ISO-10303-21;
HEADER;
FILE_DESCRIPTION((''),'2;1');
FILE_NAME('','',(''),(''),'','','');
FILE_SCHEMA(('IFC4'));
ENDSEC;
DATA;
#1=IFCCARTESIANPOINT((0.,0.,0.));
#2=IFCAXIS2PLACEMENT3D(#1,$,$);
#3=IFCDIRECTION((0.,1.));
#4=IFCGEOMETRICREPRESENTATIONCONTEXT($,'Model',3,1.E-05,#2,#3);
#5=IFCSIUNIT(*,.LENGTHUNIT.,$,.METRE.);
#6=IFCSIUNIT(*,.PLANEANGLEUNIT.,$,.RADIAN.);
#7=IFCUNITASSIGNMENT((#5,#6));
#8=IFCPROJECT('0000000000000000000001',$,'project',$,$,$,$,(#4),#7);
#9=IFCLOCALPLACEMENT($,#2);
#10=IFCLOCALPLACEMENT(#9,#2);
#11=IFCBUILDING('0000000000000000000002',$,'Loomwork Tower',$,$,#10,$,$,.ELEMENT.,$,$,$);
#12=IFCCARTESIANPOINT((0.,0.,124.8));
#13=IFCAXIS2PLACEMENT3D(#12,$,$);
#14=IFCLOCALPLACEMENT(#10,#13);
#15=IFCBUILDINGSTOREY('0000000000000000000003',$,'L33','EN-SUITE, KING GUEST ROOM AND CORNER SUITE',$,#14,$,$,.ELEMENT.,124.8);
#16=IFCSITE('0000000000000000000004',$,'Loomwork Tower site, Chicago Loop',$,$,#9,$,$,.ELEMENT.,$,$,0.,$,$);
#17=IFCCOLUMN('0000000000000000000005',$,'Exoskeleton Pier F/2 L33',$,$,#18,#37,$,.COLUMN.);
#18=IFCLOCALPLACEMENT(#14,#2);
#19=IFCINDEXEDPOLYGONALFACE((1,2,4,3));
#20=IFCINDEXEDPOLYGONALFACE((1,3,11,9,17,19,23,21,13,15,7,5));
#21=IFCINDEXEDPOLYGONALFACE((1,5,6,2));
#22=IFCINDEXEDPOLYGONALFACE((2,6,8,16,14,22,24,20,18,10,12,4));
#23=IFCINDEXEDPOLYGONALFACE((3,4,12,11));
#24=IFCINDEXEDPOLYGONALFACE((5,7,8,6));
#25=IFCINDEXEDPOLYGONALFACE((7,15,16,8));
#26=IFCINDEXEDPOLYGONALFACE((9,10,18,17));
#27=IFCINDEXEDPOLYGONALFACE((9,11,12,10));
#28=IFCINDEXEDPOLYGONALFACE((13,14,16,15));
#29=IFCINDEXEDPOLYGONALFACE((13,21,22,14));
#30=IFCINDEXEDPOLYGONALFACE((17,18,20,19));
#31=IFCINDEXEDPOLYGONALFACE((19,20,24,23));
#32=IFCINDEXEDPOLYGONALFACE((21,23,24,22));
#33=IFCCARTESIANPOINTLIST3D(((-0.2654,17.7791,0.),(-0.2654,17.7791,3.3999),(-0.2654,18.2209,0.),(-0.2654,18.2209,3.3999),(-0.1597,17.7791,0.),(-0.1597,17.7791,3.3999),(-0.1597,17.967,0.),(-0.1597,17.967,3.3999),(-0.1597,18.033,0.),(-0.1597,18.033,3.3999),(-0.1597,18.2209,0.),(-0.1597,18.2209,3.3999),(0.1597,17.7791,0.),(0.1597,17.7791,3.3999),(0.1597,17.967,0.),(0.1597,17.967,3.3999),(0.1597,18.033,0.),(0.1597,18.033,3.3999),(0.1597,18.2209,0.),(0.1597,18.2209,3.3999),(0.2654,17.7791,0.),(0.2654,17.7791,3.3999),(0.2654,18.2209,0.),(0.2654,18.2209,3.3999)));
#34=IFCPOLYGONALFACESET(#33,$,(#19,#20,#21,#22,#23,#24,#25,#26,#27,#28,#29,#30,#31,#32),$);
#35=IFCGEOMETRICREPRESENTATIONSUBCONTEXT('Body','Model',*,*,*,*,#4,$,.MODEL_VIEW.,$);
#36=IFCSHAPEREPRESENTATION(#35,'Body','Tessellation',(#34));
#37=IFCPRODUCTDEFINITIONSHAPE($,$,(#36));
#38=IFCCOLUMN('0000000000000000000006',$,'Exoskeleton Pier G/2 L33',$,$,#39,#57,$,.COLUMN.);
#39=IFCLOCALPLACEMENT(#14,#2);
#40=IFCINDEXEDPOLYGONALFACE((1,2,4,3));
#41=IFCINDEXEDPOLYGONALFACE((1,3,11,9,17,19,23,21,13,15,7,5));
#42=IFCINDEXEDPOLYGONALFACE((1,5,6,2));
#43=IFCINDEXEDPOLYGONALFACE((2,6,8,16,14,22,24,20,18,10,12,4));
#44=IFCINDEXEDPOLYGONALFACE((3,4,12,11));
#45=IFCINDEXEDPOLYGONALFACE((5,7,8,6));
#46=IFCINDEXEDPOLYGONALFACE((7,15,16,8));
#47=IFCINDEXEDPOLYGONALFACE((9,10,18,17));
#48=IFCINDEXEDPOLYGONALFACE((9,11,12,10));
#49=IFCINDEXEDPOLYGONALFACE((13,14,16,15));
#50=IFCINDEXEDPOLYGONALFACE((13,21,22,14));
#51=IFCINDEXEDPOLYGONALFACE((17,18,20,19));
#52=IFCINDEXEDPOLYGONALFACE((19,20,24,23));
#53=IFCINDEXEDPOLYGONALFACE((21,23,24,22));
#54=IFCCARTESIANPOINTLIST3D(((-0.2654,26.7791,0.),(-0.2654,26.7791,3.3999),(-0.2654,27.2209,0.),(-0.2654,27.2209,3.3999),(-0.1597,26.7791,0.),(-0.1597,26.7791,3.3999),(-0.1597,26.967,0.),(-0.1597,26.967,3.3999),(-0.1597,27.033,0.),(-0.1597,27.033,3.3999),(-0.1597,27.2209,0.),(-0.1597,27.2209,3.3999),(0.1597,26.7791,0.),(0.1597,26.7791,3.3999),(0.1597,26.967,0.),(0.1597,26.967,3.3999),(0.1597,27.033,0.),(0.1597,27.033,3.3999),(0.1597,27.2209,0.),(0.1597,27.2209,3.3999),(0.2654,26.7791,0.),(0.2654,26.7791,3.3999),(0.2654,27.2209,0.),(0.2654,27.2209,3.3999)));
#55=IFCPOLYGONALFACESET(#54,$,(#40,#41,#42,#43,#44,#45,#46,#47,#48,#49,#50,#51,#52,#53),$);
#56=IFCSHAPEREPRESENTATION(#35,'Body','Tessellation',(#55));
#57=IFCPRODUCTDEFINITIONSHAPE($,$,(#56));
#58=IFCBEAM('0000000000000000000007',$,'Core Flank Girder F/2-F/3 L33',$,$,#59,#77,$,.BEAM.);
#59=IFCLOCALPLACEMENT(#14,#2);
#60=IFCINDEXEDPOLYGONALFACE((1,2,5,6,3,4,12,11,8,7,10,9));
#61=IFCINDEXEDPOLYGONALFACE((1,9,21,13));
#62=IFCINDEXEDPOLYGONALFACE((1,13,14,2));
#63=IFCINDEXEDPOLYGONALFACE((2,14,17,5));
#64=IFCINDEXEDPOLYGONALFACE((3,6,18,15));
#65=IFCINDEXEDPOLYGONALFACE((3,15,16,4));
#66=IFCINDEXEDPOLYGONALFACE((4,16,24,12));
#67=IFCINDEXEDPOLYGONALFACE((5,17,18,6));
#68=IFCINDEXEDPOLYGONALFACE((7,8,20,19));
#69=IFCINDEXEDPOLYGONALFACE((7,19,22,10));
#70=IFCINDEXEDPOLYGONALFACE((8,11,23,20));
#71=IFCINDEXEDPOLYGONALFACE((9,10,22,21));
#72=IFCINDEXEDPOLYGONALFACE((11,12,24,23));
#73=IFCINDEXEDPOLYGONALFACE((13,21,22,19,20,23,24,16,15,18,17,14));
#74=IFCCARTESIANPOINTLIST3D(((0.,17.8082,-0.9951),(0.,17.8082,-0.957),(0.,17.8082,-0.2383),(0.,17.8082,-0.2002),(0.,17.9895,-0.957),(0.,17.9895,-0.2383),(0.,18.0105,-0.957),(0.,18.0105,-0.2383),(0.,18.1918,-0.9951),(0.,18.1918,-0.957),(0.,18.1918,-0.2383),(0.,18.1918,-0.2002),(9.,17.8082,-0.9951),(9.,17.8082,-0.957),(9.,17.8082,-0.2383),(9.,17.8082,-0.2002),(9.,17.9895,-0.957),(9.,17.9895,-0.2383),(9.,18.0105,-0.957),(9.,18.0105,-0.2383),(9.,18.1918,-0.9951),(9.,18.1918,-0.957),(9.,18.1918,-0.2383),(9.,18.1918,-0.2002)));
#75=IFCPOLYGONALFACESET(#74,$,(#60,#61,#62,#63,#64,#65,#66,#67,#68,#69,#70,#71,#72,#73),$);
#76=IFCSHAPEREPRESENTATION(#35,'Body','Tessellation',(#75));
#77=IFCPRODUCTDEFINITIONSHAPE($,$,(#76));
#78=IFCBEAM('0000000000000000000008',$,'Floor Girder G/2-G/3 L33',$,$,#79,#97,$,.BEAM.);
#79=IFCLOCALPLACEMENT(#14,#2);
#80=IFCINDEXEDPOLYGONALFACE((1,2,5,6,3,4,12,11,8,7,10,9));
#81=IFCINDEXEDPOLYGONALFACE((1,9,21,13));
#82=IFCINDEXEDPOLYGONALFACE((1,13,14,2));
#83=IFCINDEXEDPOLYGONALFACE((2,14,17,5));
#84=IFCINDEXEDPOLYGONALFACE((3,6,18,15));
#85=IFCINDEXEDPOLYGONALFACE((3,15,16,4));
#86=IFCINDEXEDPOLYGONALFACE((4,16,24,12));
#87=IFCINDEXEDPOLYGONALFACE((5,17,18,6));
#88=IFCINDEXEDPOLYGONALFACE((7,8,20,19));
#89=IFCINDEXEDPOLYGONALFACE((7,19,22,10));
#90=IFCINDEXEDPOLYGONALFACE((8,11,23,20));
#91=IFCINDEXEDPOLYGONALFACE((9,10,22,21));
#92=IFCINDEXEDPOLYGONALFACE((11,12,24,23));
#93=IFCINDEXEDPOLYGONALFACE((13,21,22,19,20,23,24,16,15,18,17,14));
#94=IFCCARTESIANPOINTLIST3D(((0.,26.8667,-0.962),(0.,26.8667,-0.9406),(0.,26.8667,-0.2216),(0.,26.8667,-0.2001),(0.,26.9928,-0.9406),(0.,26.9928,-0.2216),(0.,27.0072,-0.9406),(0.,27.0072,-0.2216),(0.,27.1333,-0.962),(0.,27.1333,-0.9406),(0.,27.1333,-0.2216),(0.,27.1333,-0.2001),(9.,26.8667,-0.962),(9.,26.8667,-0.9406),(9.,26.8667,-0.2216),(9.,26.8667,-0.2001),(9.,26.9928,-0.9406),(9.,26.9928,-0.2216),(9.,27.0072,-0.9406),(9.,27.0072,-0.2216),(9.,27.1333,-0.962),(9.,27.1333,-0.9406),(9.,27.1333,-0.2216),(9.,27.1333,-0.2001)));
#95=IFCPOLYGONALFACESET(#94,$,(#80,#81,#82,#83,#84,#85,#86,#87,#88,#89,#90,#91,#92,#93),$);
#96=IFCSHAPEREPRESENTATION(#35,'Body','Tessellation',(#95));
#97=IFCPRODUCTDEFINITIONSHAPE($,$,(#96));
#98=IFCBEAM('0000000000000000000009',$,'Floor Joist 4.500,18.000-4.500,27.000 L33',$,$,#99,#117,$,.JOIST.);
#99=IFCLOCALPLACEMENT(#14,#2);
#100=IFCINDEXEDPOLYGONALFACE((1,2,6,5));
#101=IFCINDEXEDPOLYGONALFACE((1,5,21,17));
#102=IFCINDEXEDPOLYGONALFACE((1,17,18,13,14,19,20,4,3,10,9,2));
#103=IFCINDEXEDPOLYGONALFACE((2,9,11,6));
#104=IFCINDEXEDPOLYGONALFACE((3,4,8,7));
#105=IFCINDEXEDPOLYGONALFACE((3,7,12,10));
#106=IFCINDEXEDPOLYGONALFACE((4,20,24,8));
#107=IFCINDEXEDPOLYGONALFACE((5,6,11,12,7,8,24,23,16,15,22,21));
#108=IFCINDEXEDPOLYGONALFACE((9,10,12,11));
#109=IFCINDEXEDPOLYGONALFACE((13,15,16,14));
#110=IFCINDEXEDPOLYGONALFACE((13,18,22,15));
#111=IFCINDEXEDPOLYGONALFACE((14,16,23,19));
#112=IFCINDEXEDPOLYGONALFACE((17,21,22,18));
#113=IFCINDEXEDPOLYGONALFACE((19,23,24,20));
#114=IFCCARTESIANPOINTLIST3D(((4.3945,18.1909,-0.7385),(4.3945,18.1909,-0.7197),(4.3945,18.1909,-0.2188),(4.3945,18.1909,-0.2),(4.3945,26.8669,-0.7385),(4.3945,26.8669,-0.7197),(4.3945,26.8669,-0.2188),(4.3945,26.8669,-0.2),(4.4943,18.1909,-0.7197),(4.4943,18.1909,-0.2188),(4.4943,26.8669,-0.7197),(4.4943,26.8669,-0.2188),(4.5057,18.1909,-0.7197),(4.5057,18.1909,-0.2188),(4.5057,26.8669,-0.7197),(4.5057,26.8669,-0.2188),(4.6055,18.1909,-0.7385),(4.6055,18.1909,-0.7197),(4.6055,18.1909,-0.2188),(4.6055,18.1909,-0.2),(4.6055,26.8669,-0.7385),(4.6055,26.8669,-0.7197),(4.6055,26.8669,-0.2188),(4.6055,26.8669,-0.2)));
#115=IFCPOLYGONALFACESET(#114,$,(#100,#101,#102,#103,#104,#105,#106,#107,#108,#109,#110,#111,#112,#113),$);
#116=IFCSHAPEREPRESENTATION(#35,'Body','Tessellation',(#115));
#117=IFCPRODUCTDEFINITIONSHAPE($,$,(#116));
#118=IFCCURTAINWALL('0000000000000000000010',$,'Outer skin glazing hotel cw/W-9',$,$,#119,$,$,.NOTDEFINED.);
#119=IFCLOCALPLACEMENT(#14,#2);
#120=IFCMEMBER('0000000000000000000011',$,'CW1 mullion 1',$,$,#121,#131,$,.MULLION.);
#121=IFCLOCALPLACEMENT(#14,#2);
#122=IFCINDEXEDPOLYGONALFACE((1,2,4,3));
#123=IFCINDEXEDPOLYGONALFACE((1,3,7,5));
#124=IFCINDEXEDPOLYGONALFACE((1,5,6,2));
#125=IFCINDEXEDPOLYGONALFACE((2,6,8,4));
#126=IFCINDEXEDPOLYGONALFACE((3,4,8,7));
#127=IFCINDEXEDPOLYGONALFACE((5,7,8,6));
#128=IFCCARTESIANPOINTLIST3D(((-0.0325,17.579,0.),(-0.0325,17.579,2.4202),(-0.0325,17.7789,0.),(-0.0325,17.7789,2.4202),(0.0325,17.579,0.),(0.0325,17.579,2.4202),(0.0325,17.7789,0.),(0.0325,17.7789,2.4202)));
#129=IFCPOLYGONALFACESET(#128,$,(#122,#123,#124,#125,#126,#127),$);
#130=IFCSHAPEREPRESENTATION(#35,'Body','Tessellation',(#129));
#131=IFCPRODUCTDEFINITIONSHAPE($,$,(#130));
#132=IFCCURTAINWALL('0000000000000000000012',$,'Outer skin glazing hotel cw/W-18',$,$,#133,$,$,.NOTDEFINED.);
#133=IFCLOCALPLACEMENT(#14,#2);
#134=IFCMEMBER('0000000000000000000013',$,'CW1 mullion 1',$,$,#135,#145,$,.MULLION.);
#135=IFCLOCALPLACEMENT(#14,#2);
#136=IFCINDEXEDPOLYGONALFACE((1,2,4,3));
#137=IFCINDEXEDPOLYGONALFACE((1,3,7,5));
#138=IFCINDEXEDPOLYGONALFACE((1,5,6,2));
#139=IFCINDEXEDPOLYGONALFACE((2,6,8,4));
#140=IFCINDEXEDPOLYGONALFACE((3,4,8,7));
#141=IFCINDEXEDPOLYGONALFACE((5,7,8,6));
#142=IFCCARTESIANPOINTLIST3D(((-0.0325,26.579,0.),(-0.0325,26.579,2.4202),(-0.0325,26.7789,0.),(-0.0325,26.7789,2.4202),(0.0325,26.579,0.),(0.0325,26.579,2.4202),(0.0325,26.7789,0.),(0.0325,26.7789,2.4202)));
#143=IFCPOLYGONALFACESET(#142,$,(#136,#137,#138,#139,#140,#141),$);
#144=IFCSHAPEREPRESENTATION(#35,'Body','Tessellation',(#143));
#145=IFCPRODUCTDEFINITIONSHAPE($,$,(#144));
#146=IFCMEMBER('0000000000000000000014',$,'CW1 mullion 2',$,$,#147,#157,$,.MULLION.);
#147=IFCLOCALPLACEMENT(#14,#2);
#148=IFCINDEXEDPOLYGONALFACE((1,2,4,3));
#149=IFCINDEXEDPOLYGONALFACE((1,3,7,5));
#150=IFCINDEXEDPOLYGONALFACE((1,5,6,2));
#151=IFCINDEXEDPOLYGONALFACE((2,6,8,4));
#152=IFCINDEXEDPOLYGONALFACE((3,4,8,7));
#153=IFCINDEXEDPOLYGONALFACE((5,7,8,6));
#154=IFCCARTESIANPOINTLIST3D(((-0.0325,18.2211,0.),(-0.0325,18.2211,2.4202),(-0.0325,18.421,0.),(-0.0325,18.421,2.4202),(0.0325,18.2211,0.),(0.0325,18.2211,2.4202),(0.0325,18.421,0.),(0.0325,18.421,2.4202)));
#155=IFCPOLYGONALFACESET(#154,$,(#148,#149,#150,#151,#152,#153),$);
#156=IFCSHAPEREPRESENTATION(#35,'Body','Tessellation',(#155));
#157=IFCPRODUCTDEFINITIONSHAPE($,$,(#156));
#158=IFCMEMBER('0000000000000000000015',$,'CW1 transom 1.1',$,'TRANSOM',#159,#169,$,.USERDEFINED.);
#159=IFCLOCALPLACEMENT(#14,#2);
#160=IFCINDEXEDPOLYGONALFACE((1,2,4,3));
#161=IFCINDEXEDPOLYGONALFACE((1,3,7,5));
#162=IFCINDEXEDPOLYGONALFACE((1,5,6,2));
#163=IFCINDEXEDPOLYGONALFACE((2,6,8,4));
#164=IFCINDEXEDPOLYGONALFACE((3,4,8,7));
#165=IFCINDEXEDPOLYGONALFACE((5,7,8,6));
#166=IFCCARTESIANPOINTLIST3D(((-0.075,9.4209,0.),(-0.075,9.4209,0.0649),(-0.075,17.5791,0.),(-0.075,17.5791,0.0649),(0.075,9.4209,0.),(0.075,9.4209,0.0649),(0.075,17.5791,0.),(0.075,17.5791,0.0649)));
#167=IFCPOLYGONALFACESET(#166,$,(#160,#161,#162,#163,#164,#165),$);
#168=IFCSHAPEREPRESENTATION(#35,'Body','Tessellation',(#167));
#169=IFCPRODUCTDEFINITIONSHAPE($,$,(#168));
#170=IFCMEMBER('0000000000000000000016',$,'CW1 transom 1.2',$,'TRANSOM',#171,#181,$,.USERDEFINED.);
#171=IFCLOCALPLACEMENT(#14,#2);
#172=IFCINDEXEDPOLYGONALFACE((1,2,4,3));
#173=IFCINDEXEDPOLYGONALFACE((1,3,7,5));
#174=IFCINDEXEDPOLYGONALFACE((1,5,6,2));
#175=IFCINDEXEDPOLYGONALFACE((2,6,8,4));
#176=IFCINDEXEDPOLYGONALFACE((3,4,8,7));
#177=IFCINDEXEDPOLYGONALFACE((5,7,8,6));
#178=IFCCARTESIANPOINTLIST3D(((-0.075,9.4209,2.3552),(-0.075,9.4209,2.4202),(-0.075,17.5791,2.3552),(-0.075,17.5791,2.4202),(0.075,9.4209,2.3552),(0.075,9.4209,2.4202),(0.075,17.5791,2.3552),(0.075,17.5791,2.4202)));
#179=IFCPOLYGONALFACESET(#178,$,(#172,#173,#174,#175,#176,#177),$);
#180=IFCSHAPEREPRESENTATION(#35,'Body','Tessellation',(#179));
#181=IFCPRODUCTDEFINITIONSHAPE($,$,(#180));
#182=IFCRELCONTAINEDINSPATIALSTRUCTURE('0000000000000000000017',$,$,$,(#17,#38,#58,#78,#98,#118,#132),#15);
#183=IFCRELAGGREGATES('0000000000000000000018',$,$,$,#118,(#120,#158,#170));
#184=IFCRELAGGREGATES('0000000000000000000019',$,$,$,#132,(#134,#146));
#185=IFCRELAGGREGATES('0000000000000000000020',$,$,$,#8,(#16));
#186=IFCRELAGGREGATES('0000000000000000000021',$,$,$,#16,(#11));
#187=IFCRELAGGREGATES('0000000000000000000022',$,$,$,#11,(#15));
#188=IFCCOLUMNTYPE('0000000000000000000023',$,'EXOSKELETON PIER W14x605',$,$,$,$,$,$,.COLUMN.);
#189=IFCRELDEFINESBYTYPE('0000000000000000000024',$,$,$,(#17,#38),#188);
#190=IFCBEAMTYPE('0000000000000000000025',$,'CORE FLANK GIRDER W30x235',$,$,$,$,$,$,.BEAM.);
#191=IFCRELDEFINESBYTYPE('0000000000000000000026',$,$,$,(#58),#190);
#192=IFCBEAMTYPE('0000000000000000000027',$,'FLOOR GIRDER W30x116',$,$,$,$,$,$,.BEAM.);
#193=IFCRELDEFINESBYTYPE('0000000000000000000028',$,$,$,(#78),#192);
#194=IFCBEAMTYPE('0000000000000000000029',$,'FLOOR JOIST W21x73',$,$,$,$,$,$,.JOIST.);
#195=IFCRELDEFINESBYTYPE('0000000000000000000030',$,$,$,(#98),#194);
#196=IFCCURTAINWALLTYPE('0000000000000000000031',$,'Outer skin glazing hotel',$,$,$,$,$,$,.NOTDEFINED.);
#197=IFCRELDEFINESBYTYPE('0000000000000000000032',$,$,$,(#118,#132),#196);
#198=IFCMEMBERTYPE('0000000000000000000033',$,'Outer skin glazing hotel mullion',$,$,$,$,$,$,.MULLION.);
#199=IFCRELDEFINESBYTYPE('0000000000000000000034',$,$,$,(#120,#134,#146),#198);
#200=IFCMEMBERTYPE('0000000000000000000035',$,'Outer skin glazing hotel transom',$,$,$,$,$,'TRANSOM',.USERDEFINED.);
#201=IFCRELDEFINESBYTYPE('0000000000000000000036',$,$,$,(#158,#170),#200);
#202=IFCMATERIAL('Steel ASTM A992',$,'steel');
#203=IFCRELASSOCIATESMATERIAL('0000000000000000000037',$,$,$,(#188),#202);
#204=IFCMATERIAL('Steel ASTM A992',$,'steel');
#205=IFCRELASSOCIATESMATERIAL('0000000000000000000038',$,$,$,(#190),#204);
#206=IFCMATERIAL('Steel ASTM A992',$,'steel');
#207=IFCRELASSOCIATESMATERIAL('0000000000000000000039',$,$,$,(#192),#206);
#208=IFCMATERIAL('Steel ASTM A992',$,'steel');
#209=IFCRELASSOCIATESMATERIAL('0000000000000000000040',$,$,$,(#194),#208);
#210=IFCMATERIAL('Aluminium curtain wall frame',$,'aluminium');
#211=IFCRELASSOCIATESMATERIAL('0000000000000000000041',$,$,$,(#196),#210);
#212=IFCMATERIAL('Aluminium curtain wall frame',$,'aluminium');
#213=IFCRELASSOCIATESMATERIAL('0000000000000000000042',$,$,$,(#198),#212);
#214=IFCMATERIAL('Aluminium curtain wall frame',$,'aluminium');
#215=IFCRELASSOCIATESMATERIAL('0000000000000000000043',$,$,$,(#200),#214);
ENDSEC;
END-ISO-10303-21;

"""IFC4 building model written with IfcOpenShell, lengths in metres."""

from ifc_helpers import new_model, si_unit, direction, frame, origin, origin_2d, place, context, subcontext, project, spatial, rectangle, i_section, extrude, material, material_profile, profile_set, type_object, element, aggregate, save


model = new_model("IFC4")

# Units and contexts
model_context = context("Model", 3, precision=1e-05, world=origin(), true_north=direction((0.0, 1.0)))
body_context = subcontext(model_context, "Body", "Model", "MODEL_VIEW")
ifc_project = project(units=[si_unit("LENGTHUNIT", "METRE"), si_unit("PLANEANGLEUNIT", "RADIAN")], contexts=[model_context])

# Site, building, storey
site_placement = place(None, origin())
site = spatial("IfcSite", under=ifc_project, at=site_placement, Name="Loomwork Tower site, Chicago Loop", CompositionType="ELEMENT", RefElevation=0.0)
building_placement = place(site_placement, origin())
building = spatial("IfcBuilding", under=site, at=building_placement, Name="Loomwork Tower", CompositionType="ELEMENT")
storey_placement = place(building_placement, frame((0.0, 0.0, 124.8)))
storey = spatial("IfcBuildingStorey", under=building, at=storey_placement, Name="L33", Description="EN-SUITE, KING GUEST ROOM AND CORNER SUITE", CompositionType="ELEMENT", Elevation=124.8)

# Columns
ifc_material_1 = material(Name="Steel ASTM A992", Category="steel")
ifc_material_profile_1 = material_profile(ifc_material_1, i_section(OverallWidth=0.4419, OverallDepth=0.5308, WebThickness=0.0659, FlangeThickness=0.1057, at=origin_2d()), Name="W14x605")
ifc_profile_set_1 = profile_set([ifc_material_profile_1], Name="Steel ASTM A992")
column_type = type_object("IfcColumnType", Name="EXOSKELETON PIER W14x605", PredefinedType="COLUMN", material=ifc_profile_set_1)
for number, where, z_axis, x_axis, name in (
    (1, (0.0, 18.0, 0.0), (0.0, 0.0, 1.0), (0.0, 1.0, 0.0), "Exoskeleton Pier F/2 L33"),
    (2, (0.0, 27.0, 0.0), (0.0, 0.0, 1.0), (0.0, 1.0, 0.0), "Exoskeleton Pier G/2 L33"),
):
    element("IfcColumn", number, at=place(storey_placement, frame(where, z_axis=z_axis, x_axis=x_axis)), inside=storey, type_object=column_type, Name=name, PredefinedType="COLUMN", context=body_context, shape_type="SweptSolid", body=[
        extrude(i_section(OverallWidth=0.4419, OverallDepth=0.5308, WebThickness=0.0659, FlangeThickness=0.1057, at=origin_2d()), origin(), (0.0, 0.0, 1.0), 3.3999),
    ])

# Beams
ifc_material_2 = material(Name="Steel ASTM A992", Category="steel")
ifc_material_profile_2 = material_profile(ifc_material_2, i_section(OverallWidth=0.3835, OverallDepth=0.7949, WebThickness=0.021, FlangeThickness=0.0381, at=origin_2d()), Name="W30x235")
ifc_profile_set_2 = profile_set([ifc_material_profile_2], Name="Steel ASTM A992")
beam_type_1 = type_object("IfcBeamType", Name="CORE FLANK GIRDER W30x235", PredefinedType="BEAM", material=ifc_profile_set_2)
beam_1_placement = place(storey_placement, frame((0.0, 18.0, -0.5977), z_axis=(1.0, 0.0, 0.0), x_axis=(0.0, 1.0, 0.0)))
element("IfcBeam", 3, at=beam_1_placement, inside=storey, type_object=beam_type_1, Name="Core Flank Girder F/2-F/3 L33", PredefinedType="BEAM", context=body_context, shape_type="SweptSolid", body=[
    extrude(i_section(OverallWidth=0.3835, OverallDepth=0.7949, WebThickness=0.021, FlangeThickness=0.0381, at=origin_2d()), origin(), (0.0, 0.0, 1.0), 9.0),
])
ifc_material_3 = material(Name="Steel ASTM A992", Category="steel")
ifc_material_profile_3 = material_profile(ifc_material_3, i_section(OverallWidth=0.2666, OverallDepth=0.762, WebThickness=0.0144, FlangeThickness=0.0215, at=origin_2d()), Name="W30x116")
ifc_profile_set_3 = profile_set([ifc_material_profile_3], Name="Steel ASTM A992")
beam_type_2 = type_object("IfcBeamType", Name="FLOOR GIRDER W30x116", PredefinedType="BEAM", material=ifc_profile_set_3)
beam_2_placement = place(storey_placement, frame((0.0, 27.0, -0.5811), z_axis=(1.0, 0.0, 0.0), x_axis=(0.0, 1.0, 0.0)))
element("IfcBeam", 4, at=beam_2_placement, inside=storey, type_object=beam_type_2, Name="Floor Girder G/2-G/3 L33", PredefinedType="BEAM", context=body_context, shape_type="SweptSolid", body=[
    extrude(i_section(OverallWidth=0.2666, OverallDepth=0.762, WebThickness=0.0144, FlangeThickness=0.0215, at=origin_2d()), origin(), (0.0, 0.0, 1.0), 9.0),
])
ifc_material_4 = material(Name="Steel ASTM A992", Category="steel")
ifc_material_profile_4 = material_profile(ifc_material_4, i_section(OverallWidth=0.2109, OverallDepth=0.5386, WebThickness=0.0115, FlangeThickness=0.0188, at=origin_2d()), Name="W21x73")
ifc_profile_set_4 = profile_set([ifc_material_profile_4], Name="Steel ASTM A992")
beam_type_3 = type_object("IfcBeamType", Name="FLOOR JOIST W21x73", PredefinedType="JOIST", material=ifc_profile_set_4)
beam_3_placement = place(storey_placement, frame((4.5, 18.1909, -0.4692), z_axis=(0.0, 1.0, 0.0), x_axis=(-1.0, 0.0, 0.0)))
element("IfcBeam", 5, at=beam_3_placement, inside=storey, type_object=beam_type_3, Name="Floor Joist 4.500,18.000-4.500,27.000 L33", PredefinedType="JOIST", context=body_context, shape_type="SweptSolid", body=[
    extrude(i_section(OverallWidth=0.2109, OverallDepth=0.5386, WebThickness=0.0115, FlangeThickness=0.0188, at=origin_2d()), origin(), (0.0, 0.0, 1.0), 8.676),
])

# Curtain wall, member
ifc_material_5 = material(Name="Aluminium curtain wall frame", Category="aluminium")
curtain_wall_type = type_object("IfcCurtainWallType", Name="Outer skin glazing hotel", PredefinedType="NOTDEFINED", material=ifc_material_5)
curtain_wall_1_placement = place(storey_placement, origin())
curtain_wall_1 = element("IfcCurtainWall", 6, at=curtain_wall_1_placement, inside=storey, type_object=curtain_wall_type, Name="Outer skin glazing hotel cw/W-9", PredefinedType="NOTDEFINED")
ifc_material_6 = material(Name="Aluminium curtain wall frame", Category="aluminium")
ifc_material_profile_5 = material_profile(ifc_material_6, rectangle(XDim=0.0649, YDim=0.2, at=origin_2d()), Name="AL 65x200")
ifc_profile_set_5 = profile_set([ifc_material_profile_5], Name="Aluminium curtain wall frame")
member_type_1 = type_object("IfcMemberType", Name="Outer skin glazing hotel mullion", PredefinedType="MULLION", material=ifc_profile_set_5)
member_1_placement = place(storey_placement, frame((0.0, 17.679, 0.0), z_axis=(0.0, 0.0, 1.0), x_axis=(1.0, 0.0, 0.0)))
member_1 = element("IfcMember", 7, at=member_1_placement, type_object=member_type_1, Name="CW1 mullion 1", PredefinedType="MULLION", context=body_context, shape_type="SweptSolid", body=[
    extrude(rectangle(XDim=0.0649, YDim=0.2, at=origin_2d()), origin(), (0.0, 0.0, 1.0), 2.4202),
])

# Curtain wall, members
curtain_wall_2_placement = place(storey_placement, origin())
curtain_wall_2 = element("IfcCurtainWall", 8, at=curtain_wall_2_placement, inside=storey, type_object=curtain_wall_type, Name="Outer skin glazing hotel cw/W-18", PredefinedType="NOTDEFINED")
member_2_placement = place(storey_placement, frame((0.0, 26.679, 0.0), z_axis=(0.0, 0.0, 1.0), x_axis=(1.0, 0.0, 0.0)))
member_2 = element("IfcMember", 9, at=member_2_placement, type_object=member_type_1, Name="CW1 mullion 1", PredefinedType="MULLION", context=body_context, shape_type="SweptSolid", body=[
    extrude(rectangle(XDim=0.0649, YDim=0.2, at=origin_2d()), origin(), (0.0, 0.0, 1.0), 2.4202),
])
member_3_placement = place(storey_placement, frame((0.0, 18.321, 0.0), z_axis=(0.0, 0.0, 1.0), x_axis=(1.0, 0.0, 0.0)))
member_3 = element("IfcMember", 10, at=member_3_placement, type_object=member_type_1, Name="CW1 mullion 2", PredefinedType="MULLION", context=body_context, shape_type="SweptSolid", body=[
    extrude(rectangle(XDim=0.0649, YDim=0.2, at=origin_2d()), origin(), (0.0, 0.0, 1.0), 2.4202),
])

# Members
ifc_material_7 = material(Name="Aluminium curtain wall frame", Category="aluminium")
ifc_material_profile_6 = material_profile(ifc_material_7, rectangle(XDim=0.1499, YDim=0.0649, at=origin_2d()), Name="AL 65x150")
ifc_profile_set_6 = profile_set([ifc_material_profile_6], Name="Aluminium curtain wall frame")
member_type_2 = type_object("IfcMemberType", Name="Outer skin glazing hotel transom", ElementType="TRANSOM", PredefinedType="USERDEFINED", material=ifc_profile_set_6)
member_4_placement = place(storey_placement, frame((0.0, 17.5791, 0.0325), z_axis=(0.0, -1.0, 0.0), x_axis=(1.0, 0.0, 0.0)))
member_4 = element("IfcMember", 11, at=member_4_placement, type_object=member_type_2, Name="CW1 transom 1.1", ObjectType="TRANSOM", PredefinedType="USERDEFINED", context=body_context, shape_type="SweptSolid", body=[
    extrude(rectangle(XDim=0.1499, YDim=0.0649, at=origin_2d()), origin(), (0.0, 0.0, 1.0), 8.1582),
])
member_5_placement = place(storey_placement, frame((0.0, 17.5791, 2.3877), z_axis=(0.0, -1.0, 0.0), x_axis=(1.0, 0.0, 0.0)))
member_5 = element("IfcMember", 12, at=member_5_placement, type_object=member_type_2, Name="CW1 transom 1.2", ObjectType="TRANSOM", PredefinedType="USERDEFINED", context=body_context, shape_type="SweptSolid", body=[
    extrude(rectangle(XDim=0.1499, YDim=0.0649, at=origin_2d()), origin(), (0.0, 0.0, 1.0), 8.1582),
])
aggregate(curtain_wall_1, [member_1, member_4, member_5])

aggregate(curtain_wall_2, [member_2, member_3])

save(model, "model.ifc")
